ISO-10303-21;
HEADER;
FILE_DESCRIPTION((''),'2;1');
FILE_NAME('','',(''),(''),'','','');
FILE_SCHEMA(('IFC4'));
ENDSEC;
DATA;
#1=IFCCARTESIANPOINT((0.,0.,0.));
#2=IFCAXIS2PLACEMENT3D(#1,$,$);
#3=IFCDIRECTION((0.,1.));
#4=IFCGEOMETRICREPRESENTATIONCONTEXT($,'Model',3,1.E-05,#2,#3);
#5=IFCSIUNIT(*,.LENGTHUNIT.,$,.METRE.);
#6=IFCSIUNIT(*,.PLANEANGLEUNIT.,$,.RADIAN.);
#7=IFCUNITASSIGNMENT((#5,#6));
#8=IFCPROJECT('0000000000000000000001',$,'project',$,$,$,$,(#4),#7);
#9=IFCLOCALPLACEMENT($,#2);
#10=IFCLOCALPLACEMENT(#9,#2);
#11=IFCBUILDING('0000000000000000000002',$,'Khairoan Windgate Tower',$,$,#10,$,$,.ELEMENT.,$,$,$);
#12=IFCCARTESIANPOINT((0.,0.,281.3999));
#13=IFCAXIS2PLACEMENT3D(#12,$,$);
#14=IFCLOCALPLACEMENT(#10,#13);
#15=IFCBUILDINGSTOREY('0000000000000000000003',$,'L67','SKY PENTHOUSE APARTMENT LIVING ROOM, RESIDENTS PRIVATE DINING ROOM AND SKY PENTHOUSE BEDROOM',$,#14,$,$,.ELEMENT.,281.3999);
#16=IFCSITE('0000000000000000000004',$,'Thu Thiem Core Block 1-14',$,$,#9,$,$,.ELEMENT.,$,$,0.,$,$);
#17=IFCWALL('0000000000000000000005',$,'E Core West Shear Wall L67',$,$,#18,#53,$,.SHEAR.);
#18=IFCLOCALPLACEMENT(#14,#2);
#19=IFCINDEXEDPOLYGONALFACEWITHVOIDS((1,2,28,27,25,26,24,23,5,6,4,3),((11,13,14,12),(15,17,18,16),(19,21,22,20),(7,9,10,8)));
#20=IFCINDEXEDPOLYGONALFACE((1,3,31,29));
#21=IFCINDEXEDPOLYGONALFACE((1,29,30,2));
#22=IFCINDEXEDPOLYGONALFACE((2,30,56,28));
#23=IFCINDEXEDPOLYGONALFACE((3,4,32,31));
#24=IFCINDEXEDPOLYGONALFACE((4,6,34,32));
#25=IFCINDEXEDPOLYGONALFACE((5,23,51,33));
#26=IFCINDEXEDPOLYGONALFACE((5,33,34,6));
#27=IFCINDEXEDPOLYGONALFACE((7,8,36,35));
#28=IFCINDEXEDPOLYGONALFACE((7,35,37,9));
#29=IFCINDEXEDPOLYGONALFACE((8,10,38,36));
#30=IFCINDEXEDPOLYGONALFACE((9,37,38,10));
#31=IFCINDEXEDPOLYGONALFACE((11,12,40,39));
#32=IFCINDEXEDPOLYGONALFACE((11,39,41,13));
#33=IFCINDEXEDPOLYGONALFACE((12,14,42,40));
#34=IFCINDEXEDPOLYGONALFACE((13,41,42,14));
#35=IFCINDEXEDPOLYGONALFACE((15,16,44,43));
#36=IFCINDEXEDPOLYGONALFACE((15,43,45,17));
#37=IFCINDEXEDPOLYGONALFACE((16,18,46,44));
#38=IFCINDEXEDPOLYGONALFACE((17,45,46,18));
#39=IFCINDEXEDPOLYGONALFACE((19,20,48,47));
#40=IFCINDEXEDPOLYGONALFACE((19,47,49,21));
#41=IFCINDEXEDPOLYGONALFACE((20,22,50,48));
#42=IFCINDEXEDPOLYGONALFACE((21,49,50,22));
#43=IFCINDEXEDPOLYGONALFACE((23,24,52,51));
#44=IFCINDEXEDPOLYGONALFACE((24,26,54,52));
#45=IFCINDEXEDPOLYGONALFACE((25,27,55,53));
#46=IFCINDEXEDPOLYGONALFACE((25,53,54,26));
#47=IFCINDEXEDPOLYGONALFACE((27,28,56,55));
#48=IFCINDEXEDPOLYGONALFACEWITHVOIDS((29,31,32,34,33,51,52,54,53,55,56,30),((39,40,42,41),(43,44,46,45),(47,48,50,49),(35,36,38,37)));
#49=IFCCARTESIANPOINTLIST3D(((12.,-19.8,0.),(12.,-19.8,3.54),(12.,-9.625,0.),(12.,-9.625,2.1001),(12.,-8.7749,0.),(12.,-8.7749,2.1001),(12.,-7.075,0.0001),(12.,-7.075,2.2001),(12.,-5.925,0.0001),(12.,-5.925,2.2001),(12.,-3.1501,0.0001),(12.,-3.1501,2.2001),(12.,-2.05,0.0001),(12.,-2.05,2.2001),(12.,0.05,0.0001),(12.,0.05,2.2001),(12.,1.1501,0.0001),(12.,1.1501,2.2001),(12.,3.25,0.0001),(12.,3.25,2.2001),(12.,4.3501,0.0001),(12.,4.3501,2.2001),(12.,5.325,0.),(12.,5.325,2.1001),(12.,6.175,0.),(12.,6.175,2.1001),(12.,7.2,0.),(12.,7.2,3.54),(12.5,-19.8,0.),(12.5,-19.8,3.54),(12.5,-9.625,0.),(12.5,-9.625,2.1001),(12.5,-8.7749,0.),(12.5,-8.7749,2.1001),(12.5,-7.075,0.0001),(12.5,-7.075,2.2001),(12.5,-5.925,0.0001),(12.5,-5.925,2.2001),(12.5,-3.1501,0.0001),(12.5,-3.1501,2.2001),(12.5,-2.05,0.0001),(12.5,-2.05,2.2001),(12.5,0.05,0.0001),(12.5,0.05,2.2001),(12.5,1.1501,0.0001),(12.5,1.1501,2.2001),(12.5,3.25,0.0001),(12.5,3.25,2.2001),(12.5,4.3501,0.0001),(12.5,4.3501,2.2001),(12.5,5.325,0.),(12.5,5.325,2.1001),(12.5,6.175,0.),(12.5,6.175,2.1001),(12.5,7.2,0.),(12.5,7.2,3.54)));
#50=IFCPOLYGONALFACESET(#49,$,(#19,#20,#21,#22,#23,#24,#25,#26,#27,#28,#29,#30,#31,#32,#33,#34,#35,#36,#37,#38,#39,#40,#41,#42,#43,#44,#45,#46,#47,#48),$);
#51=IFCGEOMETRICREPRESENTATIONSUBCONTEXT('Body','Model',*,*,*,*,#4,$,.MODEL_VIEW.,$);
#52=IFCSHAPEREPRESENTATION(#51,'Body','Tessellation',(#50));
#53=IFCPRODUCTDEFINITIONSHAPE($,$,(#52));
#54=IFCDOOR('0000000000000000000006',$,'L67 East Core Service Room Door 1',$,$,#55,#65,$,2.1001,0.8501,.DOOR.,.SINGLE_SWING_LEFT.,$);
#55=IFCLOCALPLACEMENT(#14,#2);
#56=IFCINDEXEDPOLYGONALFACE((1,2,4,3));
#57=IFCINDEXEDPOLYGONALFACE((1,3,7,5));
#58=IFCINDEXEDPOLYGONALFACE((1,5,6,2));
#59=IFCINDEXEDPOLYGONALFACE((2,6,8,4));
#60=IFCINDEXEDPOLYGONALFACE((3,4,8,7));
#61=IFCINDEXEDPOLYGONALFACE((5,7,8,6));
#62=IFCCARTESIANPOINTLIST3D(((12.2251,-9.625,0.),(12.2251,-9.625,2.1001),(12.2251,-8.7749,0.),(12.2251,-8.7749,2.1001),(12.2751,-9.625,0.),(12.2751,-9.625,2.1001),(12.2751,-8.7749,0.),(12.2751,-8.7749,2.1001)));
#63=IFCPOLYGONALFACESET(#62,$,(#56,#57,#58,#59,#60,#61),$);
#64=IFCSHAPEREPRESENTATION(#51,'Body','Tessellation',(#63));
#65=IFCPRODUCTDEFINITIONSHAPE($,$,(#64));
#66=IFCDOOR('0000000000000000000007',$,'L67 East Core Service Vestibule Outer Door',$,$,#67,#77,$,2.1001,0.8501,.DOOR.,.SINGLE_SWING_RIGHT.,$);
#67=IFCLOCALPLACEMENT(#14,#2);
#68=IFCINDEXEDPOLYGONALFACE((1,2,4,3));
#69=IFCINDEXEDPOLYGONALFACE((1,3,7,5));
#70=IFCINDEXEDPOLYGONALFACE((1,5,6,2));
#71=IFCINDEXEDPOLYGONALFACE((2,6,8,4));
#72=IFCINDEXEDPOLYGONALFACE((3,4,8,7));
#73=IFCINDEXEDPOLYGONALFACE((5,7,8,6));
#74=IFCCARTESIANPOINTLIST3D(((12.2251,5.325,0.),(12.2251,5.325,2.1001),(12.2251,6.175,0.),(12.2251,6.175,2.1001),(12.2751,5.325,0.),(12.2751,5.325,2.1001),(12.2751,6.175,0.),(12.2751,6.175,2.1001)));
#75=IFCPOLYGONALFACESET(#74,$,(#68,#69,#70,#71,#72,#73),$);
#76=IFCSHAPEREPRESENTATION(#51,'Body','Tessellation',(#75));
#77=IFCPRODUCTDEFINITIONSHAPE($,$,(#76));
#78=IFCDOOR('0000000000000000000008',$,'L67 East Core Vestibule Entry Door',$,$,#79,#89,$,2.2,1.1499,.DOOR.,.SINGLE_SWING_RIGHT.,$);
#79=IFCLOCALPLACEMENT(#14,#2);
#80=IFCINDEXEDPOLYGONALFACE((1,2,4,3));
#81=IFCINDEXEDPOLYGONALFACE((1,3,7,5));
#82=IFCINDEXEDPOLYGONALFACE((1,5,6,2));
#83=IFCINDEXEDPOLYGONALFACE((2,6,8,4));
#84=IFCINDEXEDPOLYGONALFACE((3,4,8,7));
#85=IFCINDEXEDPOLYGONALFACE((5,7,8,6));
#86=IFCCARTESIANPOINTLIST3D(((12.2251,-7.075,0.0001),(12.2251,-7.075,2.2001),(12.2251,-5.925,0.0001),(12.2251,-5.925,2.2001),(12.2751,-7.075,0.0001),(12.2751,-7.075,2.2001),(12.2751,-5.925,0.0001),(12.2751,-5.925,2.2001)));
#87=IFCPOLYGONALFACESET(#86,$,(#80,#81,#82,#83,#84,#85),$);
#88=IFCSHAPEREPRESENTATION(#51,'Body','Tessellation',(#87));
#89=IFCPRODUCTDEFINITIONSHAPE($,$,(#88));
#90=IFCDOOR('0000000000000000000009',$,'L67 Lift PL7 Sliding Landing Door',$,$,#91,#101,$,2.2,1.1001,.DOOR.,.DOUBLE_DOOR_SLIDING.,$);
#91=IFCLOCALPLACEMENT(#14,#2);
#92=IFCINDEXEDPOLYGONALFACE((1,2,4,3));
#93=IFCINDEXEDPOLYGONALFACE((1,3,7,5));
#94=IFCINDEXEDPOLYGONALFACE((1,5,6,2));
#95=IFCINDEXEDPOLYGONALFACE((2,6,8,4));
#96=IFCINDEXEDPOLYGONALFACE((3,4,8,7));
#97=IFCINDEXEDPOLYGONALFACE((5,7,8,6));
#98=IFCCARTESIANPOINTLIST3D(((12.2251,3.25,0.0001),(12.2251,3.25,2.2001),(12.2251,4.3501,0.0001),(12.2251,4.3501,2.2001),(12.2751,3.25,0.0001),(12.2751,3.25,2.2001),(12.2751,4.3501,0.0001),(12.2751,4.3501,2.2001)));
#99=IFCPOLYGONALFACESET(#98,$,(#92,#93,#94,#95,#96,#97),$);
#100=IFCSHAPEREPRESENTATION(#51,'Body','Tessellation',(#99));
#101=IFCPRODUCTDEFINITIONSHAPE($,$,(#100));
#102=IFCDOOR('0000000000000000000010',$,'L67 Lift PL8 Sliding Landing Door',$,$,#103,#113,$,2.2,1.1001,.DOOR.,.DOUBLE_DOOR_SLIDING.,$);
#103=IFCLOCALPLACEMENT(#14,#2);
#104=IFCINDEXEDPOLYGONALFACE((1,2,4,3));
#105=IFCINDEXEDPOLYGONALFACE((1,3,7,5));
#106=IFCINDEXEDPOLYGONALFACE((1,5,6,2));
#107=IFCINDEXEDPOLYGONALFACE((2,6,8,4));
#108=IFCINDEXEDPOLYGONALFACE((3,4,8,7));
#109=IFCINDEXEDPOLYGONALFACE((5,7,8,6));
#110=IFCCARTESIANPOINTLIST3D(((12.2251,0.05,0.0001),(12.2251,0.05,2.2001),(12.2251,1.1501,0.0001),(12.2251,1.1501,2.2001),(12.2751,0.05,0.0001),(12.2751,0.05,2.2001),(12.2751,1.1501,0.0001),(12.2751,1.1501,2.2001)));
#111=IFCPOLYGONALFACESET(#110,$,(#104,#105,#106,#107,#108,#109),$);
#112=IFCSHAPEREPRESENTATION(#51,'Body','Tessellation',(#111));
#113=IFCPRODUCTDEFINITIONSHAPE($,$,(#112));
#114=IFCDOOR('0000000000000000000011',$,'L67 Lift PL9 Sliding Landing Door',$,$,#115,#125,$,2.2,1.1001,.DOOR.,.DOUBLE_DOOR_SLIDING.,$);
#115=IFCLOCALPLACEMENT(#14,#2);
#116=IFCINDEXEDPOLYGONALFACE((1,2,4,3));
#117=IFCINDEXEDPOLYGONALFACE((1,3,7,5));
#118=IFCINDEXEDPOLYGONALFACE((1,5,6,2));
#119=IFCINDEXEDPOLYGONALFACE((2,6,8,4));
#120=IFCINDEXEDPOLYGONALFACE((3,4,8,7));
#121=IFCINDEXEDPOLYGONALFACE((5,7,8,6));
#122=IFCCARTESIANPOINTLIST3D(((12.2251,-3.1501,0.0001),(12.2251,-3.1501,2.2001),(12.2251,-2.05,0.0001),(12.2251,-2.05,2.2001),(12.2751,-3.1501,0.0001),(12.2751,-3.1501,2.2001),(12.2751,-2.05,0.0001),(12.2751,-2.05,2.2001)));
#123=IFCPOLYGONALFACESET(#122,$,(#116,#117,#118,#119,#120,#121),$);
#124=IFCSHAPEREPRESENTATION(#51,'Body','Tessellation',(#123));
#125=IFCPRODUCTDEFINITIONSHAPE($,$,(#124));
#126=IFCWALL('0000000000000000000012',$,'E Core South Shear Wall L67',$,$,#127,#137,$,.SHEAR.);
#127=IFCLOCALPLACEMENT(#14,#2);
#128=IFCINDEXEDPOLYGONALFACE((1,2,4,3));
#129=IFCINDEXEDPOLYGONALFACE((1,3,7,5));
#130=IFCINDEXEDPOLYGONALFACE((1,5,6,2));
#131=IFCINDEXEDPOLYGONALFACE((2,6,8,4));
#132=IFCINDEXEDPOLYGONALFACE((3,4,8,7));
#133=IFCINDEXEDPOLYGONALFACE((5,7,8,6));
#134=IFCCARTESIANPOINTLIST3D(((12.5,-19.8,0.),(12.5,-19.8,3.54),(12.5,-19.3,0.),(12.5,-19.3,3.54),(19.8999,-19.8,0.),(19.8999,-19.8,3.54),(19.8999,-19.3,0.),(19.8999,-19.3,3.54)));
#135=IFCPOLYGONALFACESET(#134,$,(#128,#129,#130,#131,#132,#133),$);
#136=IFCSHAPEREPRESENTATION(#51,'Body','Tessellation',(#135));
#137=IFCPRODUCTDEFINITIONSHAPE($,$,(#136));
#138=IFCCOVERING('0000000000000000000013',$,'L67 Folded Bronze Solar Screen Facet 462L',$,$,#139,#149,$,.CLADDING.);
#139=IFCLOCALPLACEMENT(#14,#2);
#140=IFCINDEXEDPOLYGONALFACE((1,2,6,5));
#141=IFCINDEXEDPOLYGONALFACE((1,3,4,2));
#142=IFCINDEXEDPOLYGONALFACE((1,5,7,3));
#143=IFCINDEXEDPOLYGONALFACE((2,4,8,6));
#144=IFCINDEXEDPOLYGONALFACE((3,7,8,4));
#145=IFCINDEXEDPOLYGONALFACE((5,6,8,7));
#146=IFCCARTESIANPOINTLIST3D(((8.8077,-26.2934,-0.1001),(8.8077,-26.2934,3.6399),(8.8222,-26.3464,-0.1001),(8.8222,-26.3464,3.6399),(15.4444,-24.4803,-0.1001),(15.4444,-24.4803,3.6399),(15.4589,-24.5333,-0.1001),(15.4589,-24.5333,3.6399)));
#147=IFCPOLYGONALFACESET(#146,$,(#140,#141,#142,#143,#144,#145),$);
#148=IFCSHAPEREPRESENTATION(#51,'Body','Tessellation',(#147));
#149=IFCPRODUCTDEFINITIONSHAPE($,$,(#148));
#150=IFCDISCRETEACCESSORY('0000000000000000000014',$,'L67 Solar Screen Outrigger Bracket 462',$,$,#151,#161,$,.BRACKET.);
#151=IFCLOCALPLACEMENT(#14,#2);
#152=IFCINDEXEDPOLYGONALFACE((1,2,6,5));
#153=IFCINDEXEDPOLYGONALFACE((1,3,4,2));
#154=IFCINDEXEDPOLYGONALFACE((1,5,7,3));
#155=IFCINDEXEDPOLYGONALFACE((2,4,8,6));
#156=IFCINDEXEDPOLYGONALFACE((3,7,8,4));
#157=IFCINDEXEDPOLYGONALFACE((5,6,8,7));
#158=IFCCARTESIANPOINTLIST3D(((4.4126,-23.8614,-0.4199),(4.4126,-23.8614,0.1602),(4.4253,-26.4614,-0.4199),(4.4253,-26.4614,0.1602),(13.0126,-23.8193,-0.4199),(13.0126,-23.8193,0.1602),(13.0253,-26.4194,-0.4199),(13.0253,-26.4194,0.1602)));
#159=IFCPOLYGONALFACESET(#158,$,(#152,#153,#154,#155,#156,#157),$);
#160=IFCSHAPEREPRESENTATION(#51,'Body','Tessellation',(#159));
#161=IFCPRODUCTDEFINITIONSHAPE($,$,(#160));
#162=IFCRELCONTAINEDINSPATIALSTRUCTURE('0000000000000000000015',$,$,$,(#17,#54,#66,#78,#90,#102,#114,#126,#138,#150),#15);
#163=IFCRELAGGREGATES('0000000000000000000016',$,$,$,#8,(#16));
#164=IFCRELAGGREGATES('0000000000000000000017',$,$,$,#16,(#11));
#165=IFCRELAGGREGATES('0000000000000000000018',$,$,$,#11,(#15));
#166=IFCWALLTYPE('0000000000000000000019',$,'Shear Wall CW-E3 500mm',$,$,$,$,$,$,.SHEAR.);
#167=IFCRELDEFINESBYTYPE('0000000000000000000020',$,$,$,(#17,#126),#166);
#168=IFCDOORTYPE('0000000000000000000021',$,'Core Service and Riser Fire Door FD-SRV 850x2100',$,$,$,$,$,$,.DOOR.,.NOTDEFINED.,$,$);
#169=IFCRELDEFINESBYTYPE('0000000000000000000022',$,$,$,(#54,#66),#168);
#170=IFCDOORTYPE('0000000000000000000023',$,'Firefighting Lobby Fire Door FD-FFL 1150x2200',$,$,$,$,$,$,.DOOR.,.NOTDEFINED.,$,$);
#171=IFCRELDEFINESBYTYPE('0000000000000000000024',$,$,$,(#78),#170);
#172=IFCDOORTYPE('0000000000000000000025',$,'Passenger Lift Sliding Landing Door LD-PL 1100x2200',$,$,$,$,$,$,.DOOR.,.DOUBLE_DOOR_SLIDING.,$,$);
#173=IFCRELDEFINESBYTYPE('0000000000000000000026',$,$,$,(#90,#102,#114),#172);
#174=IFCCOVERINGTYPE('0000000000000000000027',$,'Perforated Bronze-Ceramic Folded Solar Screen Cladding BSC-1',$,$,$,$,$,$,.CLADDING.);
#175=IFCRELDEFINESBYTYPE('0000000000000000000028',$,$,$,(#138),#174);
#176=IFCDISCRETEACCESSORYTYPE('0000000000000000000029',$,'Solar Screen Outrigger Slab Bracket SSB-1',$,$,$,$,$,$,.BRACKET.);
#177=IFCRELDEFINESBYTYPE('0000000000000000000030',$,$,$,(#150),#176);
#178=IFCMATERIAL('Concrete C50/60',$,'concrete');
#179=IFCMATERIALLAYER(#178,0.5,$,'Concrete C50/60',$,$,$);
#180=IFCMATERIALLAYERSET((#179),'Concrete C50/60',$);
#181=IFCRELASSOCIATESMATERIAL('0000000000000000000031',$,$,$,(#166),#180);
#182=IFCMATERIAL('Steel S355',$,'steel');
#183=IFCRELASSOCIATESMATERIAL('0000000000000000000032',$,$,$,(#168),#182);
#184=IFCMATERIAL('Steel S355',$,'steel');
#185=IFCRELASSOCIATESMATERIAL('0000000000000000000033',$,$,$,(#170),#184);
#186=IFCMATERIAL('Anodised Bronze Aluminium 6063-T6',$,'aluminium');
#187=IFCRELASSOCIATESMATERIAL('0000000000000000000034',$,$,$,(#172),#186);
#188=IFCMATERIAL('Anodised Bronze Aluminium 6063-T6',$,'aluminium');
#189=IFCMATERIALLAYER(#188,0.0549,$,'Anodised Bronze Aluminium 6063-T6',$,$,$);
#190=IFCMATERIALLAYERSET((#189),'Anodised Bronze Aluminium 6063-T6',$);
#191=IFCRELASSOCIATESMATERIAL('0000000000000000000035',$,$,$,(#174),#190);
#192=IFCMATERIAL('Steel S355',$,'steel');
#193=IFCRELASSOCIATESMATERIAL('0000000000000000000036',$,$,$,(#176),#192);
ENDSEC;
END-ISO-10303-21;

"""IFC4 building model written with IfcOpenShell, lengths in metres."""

from ifc_helpers import new_model, si_unit, direction, frame, frame_2d, origin, origin_2d, place, context, subcontext, project, spatial, rectangle, extrude, material, layer, layer_set, type_object, element, fill, save


model = new_model("IFC4")

# Units and contexts
model_context = context("Model", 3, precision=1e-05, world=origin(), true_north=direction((0.0, 1.0)))
body_context = subcontext(model_context, "Body", "Model", "MODEL_VIEW")
ifc_project = project(units=[si_unit("LENGTHUNIT", "METRE"), si_unit("PLANEANGLEUNIT", "RADIAN")], contexts=[model_context])

# Site, building, storey
site_placement = place(None, origin())
site = spatial("IfcSite", under=ifc_project, at=site_placement, Name="Thu Thiem Core Block 1-14", CompositionType="ELEMENT", RefElevation=0.0)
building_placement = place(site_placement, origin())
building = spatial("IfcBuilding", under=site, at=building_placement, Name="Khairoan Windgate Tower", CompositionType="ELEMENT")
storey_placement = place(building_placement, frame((0.0, 0.0, 281.3999)))
storey = spatial("IfcBuildingStorey", under=building, at=storey_placement, Name="L67", Description="SKY PENTHOUSE APARTMENT LIVING ROOM, RESIDENTS PRIVATE DINING ROOM AND SKY PENTHOUSE BEDROOM", CompositionType="ELEMENT", Elevation=281.3999)

# Wall, openings, doors
ifc_material_1 = material(Name="Concrete C50/60", Category="concrete")
ifc_layer_1 = layer(ifc_material_1, 0.5, Name="Concrete C50/60")
ifc_layer_set_1 = layer_set([ifc_layer_1], Name="Concrete C50/60")
wall_type_1 = type_object("IfcWallType", Name="Shear Wall CW-E3 500mm", PredefinedType="SHEAR", material=ifc_layer_set_1)
wall_1_placement = place(storey_placement, frame((12.25, -19.8, 0.0), z_axis=(0.0, 0.0, 1.0), x_axis=(0.0, 1.0, 0.0)))
wall_1 = element("IfcWall", 1, at=wall_1_placement, inside=storey, type_object=wall_type_1, Name="E Core West Shear Wall L67", PredefinedType="SHEAR", context=body_context, shape_type="SweptSolid", body=[
    extrude(rectangle(XDim=27.0, YDim=0.5, at=frame_2d((13.5, 0.0))), origin(), (0.0, 0.0, 1.0), 3.54),
])
opening_1_placement = place(wall_1_placement, frame((23.05, 0.0, 0.0)))
opening_1 = element("IfcOpeningElement", 2, at=opening_1_placement, cuts=wall_1, PredefinedType="OPENING", context=body_context, shape_type="SweptSolid", body=[
    extrude(rectangle(XDim=1.1001, YDim=2.2, at=frame_2d((0.55, 1.1001))), frame((0.0, 0.26, 0.0), z_axis=(0.0, -1.0, 0.0), x_axis=(1.0, 0.0, 0.0)), (0.0, 0.0, 1.0), 0.52),
])
opening_2_placement = place(wall_1_placement, frame((19.8501, 0.0, 0.0)))
opening_2 = element("IfcOpeningElement", 3, at=opening_2_placement, cuts=wall_1, PredefinedType="OPENING", context=body_context, shape_type="SweptSolid", body=[
    extrude(rectangle(XDim=1.1001, YDim=2.2, at=frame_2d((0.55, 1.1001))), frame((0.0, 0.26, 0.0), z_axis=(0.0, -1.0, 0.0), x_axis=(1.0, 0.0, 0.0)), (0.0, 0.0, 1.0), 0.52),
])
opening_3_placement = place(wall_1_placement, frame((16.6499, 0.0, 0.0)))
opening_3 = element("IfcOpeningElement", 4, at=opening_3_placement, cuts=wall_1, PredefinedType="OPENING", context=body_context, shape_type="SweptSolid", body=[
    extrude(rectangle(XDim=1.1001, YDim=2.2, at=frame_2d((0.55, 1.1001))), frame((0.0, 0.26, 0.0), z_axis=(0.0, -1.0, 0.0), x_axis=(1.0, 0.0, 0.0)), (0.0, 0.0, 1.0), 0.52),
])
opening_4_placement = place(wall_1_placement, frame((10.175, 0.0, 0.0)))
opening_4 = element("IfcOpeningElement", 5, at=opening_4_placement, cuts=wall_1, PredefinedType="OPENING", context=body_context, shape_type="SweptSolid", body=[
    extrude(rectangle(XDim=0.8501, YDim=2.1001, at=frame_2d((0.425, 1.05))), frame((0.0, 0.26, 0.0), z_axis=(0.0, -1.0, 0.0), x_axis=(1.0, 0.0, 0.0)), (0.0, 0.0, 1.0), 0.52),
])
opening_5_placement = place(wall_1_placement, frame((12.7251, 0.0, 0.0)))
opening_5 = element("IfcOpeningElement", 6, at=opening_5_placement, cuts=wall_1, PredefinedType="OPENING", context=body_context, shape_type="SweptSolid", body=[
    extrude(rectangle(XDim=1.1499, YDim=2.2, at=frame_2d((0.575, 1.1001))), frame((0.0, 0.26, 0.0), z_axis=(0.0, -1.0, 0.0), x_axis=(1.0, 0.0, 0.0)), (0.0, 0.0, 1.0), 0.52),
])
opening_6_placement = place(wall_1_placement, frame((25.125, 0.0, 0.0)))
opening_6 = element("IfcOpeningElement", 7, at=opening_6_placement, cuts=wall_1, PredefinedType="OPENING", context=body_context, shape_type="SweptSolid", body=[
    extrude(rectangle(XDim=0.8501, YDim=2.1001, at=frame_2d((0.425, 1.05))), frame((0.0, 0.26, 0.0), z_axis=(0.0, -1.0, 0.0), x_axis=(1.0, 0.0, 0.0)), (0.0, 0.0, 1.0), 0.52),
])
ifc_material_2 = material(Name="Steel S355", Category="steel")
door_type_1 = type_object("IfcDoorType", Name="Core Service and Riser Fire Door FD-SRV 850x2100", OperationType="NOTDEFINED", PredefinedType="DOOR", material=ifc_material_2)
door_1_placement = place(opening_4_placement, origin())
door_1 = element("IfcDoor", 8, at=door_1_placement, inside=storey, type_object=door_type_1, Name="L67 East Core Service Room Door 1", OperationType="SINGLE_SWING_LEFT", OverallHeight=2.1001, OverallWidth=0.8501, PredefinedType="DOOR", context=body_context, shape_type="SweptSolid", body=[
    extrude(rectangle(XDim=0.8501, YDim=2.1001, at=frame_2d((0.425, 1.05))), frame((0.0, 0.0249, 0.0), z_axis=(0.0, -1.0, 0.0), x_axis=(1.0, 0.0, 0.0)), (0.0, 0.0, 1.0), 0.05),
])
fill(opening_4, door_1)
door_2_placement = place(opening_6_placement, origin())
door_2 = element("IfcDoor", 9, at=door_2_placement, inside=storey, type_object=door_type_1, Name="L67 East Core Service Vestibule Outer Door", OperationType="SINGLE_SWING_RIGHT", OverallHeight=2.1001, OverallWidth=0.8501, PredefinedType="DOOR", context=body_context, shape_type="SweptSolid", body=[
    extrude(rectangle(XDim=0.8501, YDim=2.1001, at=frame_2d((0.425, 1.05))), frame((0.0, 0.0249, 0.0), z_axis=(0.0, -1.0, 0.0), x_axis=(1.0, 0.0, 0.0)), (0.0, 0.0, 1.0), 0.05),
])
fill(opening_6, door_2)
ifc_material_3 = material(Name="Steel S355", Category="steel")
door_type_2 = type_object("IfcDoorType", Name="Firefighting Lobby Fire Door FD-FFL 1150x2200", OperationType="NOTDEFINED", PredefinedType="DOOR", material=ifc_material_3)
door_3_placement = place(opening_5_placement, origin())
door_3 = element("IfcDoor", 10, at=door_3_placement, inside=storey, type_object=door_type_2, Name="L67 East Core Vestibule Entry Door", OperationType="SINGLE_SWING_RIGHT", OverallHeight=2.2, OverallWidth=1.1499, PredefinedType="DOOR", context=body_context, shape_type="SweptSolid", body=[
    extrude(rectangle(XDim=1.1499, YDim=2.2, at=frame_2d((0.575, 1.1001))), frame((0.0, 0.0249, 0.0), z_axis=(0.0, -1.0, 0.0), x_axis=(1.0, 0.0, 0.0)), (0.0, 0.0, 1.0), 0.05),
])
fill(opening_5, door_3)
ifc_material_4 = material(Name="Anodised Bronze Aluminium 6063-T6", Category="aluminium")
door_type_3 = type_object("IfcDoorType", Name="Passenger Lift Sliding Landing Door LD-PL 1100x2200", OperationType="DOUBLE_DOOR_SLIDING", PredefinedType="DOOR", material=ifc_material_4)
door_4_placement = place(opening_1_placement, origin())
door_4 = element("IfcDoor", 11, at=door_4_placement, inside=storey, type_object=door_type_3, Name="L67 Lift PL7 Sliding Landing Door", OperationType="DOUBLE_DOOR_SLIDING", OverallHeight=2.2, OverallWidth=1.1001, PredefinedType="DOOR", context=body_context, shape_type="SweptSolid", body=[
    extrude(rectangle(XDim=1.1001, YDim=2.2, at=frame_2d((0.55, 1.1001))), frame((0.0, 0.0249, 0.0), z_axis=(0.0, -1.0, 0.0), x_axis=(1.0, 0.0, 0.0)), (0.0, 0.0, 1.0), 0.05),
])
fill(opening_1, door_4)
door_5_placement = place(opening_2_placement, origin())
door_5 = element("IfcDoor", 12, at=door_5_placement, inside=storey, type_object=door_type_3, Name="L67 Lift PL8 Sliding Landing Door", OperationType="DOUBLE_DOOR_SLIDING", OverallHeight=2.2, OverallWidth=1.1001, PredefinedType="DOOR", context=body_context, shape_type="SweptSolid", body=[
    extrude(rectangle(XDim=1.1001, YDim=2.2, at=frame_2d((0.55, 1.1001))), frame((0.0, 0.0249, 0.0), z_axis=(0.0, -1.0, 0.0), x_axis=(1.0, 0.0, 0.0)), (0.0, 0.0, 1.0), 0.05),
])
fill(opening_2, door_5)
door_6_placement = place(opening_3_placement, origin())
door_6 = element("IfcDoor", 13, at=door_6_placement, inside=storey, type_object=door_type_3, Name="L67 Lift PL9 Sliding Landing Door", OperationType="DOUBLE_DOOR_SLIDING", OverallHeight=2.2, OverallWidth=1.1001, PredefinedType="DOOR", context=body_context, shape_type="SweptSolid", body=[
    extrude(rectangle(XDim=1.1001, YDim=2.2, at=frame_2d((0.55, 1.1001))), frame((0.0, 0.0249, 0.0), z_axis=(0.0, -1.0, 0.0), x_axis=(1.0, 0.0, 0.0)), (0.0, 0.0, 1.0), 0.05),
])
fill(opening_3, door_6)

# Wall
wall_2_placement = place(storey_placement, frame((12.5, -19.55, 0.0), z_axis=(0.0, 0.0, 1.0), x_axis=(1.0, 0.0, 0.0)))
element("IfcWall", 14, at=wall_2_placement, inside=storey, type_object=wall_type_1, Name="E Core South Shear Wall L67", PredefinedType="SHEAR", context=body_context, shape_type="SweptSolid", body=[
    extrude(rectangle(XDim=7.3999, YDim=0.5, at=frame_2d((3.7, 0.0))), origin(), (0.0, 0.0, 1.0), 3.54),
])

# Covering
ifc_material_5 = material(Name="Anodised Bronze Aluminium 6063-T6", Category="aluminium")
ifc_layer_2 = layer(ifc_material_5, 0.0549, Name="Anodised Bronze Aluminium 6063-T6")
ifc_layer_set_2 = layer_set([ifc_layer_2], Name="Anodised Bronze Aluminium 6063-T6")
covering_type = type_object("IfcCoveringType", Name="Perforated Bronze-Ceramic Folded Solar Screen Cladding BSC-1", PredefinedType="CLADDING", material=ifc_layer_set_2)
covering_placement = place(storey_placement, frame((12.1333, -25.4133, -0.1001), z_axis=(0.0, 0.0, 1.0), x_axis=(-0.964649, -0.263536, 0.0)))
element("IfcCovering", 15, at=covering_placement, inside=storey, type_object=covering_type, Name="L67 Folded Bronze Solar Screen Facet 462L", PredefinedType="CLADDING", context=body_context, shape_type="SweptSolid", body=[
    extrude(rectangle(XDim=6.8799, YDim=0.0549, at=origin_2d()), origin(), (0.0, 0.0, 1.0), 3.74),
])

# Discrete accessory
ifc_material_6 = material(Name="Steel S355", Category="steel")
discrete_accessory_type = type_object("IfcDiscreteAccessoryType", Name="Solar Screen Outrigger Slab Bracket SSB-1", PredefinedType="BRACKET", material=ifc_material_6)
discrete_accessory_placement = place(storey_placement, frame((8.719, -25.1404, -0.4199), z_axis=(0.0, 0.0, 1.0), x_axis=(-0.999988, -0.004887, 0.0)))
element("IfcDiscreteAccessory", 16, at=discrete_accessory_placement, inside=storey, type_object=discrete_accessory_type, Name="L67 Solar Screen Outrigger Bracket 462", PredefinedType="BRACKET", context=body_context, shape_type="SweptSolid", body=[
    extrude(rectangle(XDim=8.6001, YDim=2.6001, at=origin_2d()), origin(), (0.0, 0.0, 1.0), 0.5801),
])

save(model, "model.ifc")
